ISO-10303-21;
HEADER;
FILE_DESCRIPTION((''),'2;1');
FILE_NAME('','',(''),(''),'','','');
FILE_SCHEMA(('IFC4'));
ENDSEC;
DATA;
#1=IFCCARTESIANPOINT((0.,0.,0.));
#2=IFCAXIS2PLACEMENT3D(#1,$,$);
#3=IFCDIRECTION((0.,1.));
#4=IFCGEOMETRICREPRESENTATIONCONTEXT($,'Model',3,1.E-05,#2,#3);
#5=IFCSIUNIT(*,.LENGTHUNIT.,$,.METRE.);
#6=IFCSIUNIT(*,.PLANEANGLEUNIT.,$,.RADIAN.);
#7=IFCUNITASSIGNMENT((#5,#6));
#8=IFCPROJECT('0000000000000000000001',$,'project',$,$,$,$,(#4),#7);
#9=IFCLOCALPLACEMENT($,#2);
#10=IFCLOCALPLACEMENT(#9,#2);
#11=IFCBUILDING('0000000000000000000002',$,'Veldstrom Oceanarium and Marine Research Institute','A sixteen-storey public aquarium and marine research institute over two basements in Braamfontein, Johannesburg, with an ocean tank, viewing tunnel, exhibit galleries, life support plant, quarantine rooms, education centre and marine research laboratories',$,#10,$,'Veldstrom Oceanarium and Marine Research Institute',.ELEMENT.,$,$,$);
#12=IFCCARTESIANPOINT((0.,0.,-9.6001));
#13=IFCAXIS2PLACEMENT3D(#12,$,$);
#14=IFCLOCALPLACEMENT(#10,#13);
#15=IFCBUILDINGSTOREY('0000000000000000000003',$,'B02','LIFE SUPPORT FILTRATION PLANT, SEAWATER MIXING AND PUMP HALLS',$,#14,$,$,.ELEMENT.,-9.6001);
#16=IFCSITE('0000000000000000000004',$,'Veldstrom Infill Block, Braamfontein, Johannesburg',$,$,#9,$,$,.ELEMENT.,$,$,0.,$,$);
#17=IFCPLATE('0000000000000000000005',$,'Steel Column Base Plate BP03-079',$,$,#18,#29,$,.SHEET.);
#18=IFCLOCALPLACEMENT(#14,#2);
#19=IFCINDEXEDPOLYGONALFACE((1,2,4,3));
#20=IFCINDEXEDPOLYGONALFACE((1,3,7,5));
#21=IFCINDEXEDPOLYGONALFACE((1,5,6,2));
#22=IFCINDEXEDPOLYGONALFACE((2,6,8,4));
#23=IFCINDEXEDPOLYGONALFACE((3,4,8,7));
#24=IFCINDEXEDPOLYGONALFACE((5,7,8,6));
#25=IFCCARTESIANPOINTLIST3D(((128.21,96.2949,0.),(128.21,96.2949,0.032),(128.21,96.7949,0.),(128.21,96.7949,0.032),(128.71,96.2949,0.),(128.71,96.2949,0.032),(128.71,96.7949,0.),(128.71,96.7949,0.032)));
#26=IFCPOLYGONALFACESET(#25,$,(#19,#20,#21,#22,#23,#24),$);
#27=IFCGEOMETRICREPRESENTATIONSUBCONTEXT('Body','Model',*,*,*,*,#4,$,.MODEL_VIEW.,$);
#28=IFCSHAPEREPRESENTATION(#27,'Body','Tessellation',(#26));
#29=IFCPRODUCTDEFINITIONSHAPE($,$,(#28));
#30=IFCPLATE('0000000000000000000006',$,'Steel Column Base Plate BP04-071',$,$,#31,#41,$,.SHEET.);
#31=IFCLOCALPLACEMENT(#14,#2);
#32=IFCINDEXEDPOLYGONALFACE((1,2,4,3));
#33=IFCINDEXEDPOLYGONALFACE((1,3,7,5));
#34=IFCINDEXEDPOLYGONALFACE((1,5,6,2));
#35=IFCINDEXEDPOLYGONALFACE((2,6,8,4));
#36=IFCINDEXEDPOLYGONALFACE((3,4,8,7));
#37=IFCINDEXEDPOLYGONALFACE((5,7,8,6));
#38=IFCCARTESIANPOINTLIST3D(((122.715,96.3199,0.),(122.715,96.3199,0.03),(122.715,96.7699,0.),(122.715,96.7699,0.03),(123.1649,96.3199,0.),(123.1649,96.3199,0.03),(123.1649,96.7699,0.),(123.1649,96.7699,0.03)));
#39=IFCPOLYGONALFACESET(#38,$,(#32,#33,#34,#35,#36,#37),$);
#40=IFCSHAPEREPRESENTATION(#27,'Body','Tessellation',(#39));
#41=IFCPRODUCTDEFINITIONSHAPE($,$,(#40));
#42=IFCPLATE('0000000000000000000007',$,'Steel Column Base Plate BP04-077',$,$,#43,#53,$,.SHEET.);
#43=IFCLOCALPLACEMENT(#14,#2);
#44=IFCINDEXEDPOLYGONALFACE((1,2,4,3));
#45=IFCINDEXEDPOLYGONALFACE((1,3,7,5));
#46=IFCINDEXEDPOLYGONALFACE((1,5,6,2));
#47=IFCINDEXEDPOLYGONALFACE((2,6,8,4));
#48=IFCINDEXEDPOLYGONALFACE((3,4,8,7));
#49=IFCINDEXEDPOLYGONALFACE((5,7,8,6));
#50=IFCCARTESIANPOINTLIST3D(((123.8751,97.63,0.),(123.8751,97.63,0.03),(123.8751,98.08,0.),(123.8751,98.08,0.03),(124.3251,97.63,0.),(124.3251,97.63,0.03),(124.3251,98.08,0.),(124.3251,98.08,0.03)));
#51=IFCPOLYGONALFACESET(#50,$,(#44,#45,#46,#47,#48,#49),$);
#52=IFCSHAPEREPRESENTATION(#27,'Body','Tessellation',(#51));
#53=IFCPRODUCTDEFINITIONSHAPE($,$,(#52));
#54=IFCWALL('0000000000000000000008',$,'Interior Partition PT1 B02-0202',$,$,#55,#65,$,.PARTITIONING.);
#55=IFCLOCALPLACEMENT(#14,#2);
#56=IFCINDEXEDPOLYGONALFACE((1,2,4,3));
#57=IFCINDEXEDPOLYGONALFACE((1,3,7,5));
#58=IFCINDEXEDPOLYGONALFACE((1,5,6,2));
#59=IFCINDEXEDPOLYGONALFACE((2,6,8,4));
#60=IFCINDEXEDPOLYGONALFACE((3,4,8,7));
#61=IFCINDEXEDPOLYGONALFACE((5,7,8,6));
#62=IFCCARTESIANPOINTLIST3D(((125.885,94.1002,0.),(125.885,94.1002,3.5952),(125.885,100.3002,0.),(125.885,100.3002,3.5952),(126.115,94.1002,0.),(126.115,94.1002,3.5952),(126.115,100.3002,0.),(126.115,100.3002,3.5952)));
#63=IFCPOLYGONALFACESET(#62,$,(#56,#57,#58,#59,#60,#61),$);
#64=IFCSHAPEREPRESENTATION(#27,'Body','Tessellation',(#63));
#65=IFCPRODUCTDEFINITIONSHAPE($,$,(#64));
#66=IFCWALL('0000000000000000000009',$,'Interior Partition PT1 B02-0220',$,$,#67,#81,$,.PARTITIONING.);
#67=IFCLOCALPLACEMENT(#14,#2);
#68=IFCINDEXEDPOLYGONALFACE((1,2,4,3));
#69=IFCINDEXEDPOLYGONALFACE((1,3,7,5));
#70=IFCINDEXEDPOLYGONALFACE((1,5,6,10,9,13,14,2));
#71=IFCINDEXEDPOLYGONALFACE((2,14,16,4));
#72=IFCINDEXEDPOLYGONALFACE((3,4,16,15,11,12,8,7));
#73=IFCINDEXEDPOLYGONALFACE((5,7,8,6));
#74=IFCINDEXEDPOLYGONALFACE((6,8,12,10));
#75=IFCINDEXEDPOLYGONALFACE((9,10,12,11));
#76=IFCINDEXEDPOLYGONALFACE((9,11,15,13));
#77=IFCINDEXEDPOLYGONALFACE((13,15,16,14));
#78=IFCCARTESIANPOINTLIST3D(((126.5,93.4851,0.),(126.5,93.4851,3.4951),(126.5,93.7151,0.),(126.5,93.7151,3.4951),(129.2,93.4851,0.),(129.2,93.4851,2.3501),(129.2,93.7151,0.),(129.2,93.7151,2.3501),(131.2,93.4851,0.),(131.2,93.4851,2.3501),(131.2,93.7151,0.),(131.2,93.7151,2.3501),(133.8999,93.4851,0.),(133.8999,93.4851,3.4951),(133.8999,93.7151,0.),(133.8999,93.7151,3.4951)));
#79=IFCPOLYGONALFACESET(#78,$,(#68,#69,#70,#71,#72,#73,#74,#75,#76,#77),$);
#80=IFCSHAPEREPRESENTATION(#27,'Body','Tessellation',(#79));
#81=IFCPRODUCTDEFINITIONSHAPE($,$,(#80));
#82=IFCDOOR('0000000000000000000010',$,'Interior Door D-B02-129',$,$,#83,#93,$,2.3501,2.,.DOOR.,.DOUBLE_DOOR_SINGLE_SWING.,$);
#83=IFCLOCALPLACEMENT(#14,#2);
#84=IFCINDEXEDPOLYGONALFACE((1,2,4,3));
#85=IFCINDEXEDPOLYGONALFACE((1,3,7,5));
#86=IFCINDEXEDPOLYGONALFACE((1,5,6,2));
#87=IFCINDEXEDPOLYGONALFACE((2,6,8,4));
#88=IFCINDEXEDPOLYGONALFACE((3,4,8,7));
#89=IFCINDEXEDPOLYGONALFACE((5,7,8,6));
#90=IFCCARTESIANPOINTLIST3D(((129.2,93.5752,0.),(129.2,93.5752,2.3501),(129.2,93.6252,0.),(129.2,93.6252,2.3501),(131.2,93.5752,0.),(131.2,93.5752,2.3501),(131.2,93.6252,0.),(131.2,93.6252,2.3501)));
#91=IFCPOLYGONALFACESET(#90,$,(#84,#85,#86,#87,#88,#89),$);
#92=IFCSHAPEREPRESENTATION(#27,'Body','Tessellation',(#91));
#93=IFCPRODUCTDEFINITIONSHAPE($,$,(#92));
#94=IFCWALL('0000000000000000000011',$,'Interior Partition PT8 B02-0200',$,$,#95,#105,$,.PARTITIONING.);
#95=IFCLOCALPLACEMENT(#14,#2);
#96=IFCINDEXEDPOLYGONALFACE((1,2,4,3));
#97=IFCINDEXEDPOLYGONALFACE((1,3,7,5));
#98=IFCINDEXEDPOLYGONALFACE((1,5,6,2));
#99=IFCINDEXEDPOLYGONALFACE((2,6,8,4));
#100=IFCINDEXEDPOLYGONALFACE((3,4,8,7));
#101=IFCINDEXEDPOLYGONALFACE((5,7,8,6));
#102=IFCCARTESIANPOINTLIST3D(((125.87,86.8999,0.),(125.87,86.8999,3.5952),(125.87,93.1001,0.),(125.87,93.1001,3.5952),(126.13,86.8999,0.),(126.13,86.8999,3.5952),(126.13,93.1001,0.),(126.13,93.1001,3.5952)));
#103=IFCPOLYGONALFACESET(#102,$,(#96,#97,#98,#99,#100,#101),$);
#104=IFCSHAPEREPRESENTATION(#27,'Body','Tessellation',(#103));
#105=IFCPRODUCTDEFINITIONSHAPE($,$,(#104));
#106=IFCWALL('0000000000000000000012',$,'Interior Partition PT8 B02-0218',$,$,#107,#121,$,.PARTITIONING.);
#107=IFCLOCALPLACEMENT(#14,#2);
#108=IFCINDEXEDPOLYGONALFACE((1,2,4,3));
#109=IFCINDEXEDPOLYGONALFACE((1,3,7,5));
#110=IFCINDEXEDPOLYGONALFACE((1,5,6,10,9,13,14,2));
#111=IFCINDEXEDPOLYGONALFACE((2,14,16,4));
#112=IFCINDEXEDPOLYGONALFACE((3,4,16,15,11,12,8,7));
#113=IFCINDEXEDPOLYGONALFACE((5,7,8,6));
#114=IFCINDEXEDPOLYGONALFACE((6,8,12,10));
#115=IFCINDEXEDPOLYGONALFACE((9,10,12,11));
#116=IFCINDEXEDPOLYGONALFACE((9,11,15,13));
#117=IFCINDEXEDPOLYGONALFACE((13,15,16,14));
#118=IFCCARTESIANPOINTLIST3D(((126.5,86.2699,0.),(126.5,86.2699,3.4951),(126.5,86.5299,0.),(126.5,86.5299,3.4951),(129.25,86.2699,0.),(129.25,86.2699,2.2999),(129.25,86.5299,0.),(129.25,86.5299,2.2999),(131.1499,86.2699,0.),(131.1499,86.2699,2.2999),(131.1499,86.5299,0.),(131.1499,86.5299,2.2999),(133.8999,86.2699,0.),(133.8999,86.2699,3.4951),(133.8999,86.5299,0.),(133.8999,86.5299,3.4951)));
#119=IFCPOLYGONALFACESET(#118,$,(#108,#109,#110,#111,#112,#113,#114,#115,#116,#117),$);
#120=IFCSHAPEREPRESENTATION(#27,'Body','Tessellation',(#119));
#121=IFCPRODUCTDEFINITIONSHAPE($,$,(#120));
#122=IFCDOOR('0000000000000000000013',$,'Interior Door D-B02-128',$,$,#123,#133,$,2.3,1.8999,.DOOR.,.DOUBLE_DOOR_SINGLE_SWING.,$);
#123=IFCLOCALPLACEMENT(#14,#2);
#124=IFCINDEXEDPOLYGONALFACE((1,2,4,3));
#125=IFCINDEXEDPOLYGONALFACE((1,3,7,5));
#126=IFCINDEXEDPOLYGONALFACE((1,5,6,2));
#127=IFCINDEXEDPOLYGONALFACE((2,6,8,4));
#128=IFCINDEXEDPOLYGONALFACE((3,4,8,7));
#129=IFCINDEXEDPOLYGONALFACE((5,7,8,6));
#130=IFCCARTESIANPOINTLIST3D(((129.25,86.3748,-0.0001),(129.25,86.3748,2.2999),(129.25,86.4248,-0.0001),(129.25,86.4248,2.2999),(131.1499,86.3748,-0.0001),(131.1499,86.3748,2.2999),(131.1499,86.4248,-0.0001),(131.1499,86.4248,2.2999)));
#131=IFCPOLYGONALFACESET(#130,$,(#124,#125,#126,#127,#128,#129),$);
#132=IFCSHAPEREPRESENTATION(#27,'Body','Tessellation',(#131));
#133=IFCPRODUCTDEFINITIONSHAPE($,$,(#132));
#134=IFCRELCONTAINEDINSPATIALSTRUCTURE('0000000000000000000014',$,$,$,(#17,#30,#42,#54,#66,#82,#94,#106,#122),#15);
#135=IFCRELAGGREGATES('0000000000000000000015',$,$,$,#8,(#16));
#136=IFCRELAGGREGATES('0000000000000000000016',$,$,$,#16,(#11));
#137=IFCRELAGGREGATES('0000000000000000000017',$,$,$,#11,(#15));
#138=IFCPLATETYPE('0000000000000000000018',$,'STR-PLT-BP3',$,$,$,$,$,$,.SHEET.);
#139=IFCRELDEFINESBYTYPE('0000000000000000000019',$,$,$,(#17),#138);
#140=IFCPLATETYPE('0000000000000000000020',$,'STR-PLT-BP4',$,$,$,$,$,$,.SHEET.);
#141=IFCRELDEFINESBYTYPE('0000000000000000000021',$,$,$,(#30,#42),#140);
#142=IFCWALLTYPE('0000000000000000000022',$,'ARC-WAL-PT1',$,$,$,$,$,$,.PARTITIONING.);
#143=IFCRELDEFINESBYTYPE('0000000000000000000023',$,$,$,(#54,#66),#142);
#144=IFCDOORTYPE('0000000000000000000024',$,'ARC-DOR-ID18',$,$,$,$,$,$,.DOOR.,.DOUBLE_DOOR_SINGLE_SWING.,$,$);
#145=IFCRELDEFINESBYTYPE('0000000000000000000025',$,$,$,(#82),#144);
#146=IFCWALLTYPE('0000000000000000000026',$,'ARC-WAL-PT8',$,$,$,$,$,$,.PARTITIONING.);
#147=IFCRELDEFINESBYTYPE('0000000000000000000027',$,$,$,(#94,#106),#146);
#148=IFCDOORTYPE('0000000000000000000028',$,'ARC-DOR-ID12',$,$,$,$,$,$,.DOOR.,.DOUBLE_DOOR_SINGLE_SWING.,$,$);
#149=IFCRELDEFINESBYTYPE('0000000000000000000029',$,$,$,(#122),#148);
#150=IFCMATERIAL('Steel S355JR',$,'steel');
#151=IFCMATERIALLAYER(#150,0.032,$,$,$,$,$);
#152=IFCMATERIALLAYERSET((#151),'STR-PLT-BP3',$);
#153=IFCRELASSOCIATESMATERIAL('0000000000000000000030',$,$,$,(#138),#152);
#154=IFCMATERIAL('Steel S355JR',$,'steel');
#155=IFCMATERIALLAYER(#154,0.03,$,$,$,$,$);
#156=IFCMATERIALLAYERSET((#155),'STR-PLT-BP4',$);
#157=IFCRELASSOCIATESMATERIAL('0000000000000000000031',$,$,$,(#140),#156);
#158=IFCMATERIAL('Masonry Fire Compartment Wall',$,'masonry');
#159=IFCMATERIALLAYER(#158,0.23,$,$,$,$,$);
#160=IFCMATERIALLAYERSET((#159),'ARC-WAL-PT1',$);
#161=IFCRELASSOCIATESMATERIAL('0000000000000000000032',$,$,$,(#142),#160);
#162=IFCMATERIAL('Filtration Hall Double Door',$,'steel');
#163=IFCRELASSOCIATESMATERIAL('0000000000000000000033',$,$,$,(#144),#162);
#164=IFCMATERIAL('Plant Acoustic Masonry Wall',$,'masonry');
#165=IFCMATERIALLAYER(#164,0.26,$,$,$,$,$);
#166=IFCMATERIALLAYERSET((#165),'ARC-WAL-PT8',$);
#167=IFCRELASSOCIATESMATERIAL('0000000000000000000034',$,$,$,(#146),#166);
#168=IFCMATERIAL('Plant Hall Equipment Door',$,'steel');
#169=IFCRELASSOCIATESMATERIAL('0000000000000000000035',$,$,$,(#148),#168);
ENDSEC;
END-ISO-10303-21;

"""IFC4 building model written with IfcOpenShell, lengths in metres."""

from ifc_helpers import new_model, si_unit, direction, frame, frame_2d, origin, origin_2d, place, context, subcontext, project, spatial, rectangle, extrude, material, layer, layer_set, type_object, element, fill, save


model = new_model("IFC4")

# Units and contexts
model_context = context("Model", 3, precision=1e-05, world=origin(), true_north=direction((0.0, 1.0)))
body_context = subcontext(model_context, "Body", "Model", "MODEL_VIEW")
ifc_project = project(units=[si_unit("LENGTHUNIT", "METRE"), si_unit("PLANEANGLEUNIT", "RADIAN")], contexts=[model_context])

# Site, building, storey
site_placement = place(None, origin())
site = spatial("IfcSite", under=ifc_project, at=site_placement, Name="Veldstrom Infill Block, Braamfontein, Johannesburg", CompositionType="ELEMENT", RefElevation=0.0)
building_placement = place(site_placement, origin())
building = spatial("IfcBuilding", under=site, at=building_placement, Name="Veldstrom Oceanarium and Marine Research Institute", Description="A sixteen-storey public aquarium and marine research institute over two basements in Braamfontein, Johannesburg, with an ocean tank, viewing tunnel, exhibit galleries, life support plant, quarantine rooms, education centre and marine research laboratories", LongName="Veldstrom Oceanarium and Marine Research Institute", CompositionType="ELEMENT")
storey_placement = place(building_placement, frame((0.0, 0.0, -9.6001)))
storey = spatial("IfcBuildingStorey", under=building, at=storey_placement, Name="B02", Description="LIFE SUPPORT FILTRATION PLANT, SEAWATER MIXING AND PUMP HALLS", CompositionType="ELEMENT", Elevation=-9.6001)

# Plates
ifc_material_1 = material(Name="Steel S355JR", Category="steel")
ifc_layer_1 = layer(ifc_material_1, 0.032)
ifc_layer_set_1 = layer_set([ifc_layer_1], Name="STR-PLT-BP3")
plate_type_1 = type_object("IfcPlateType", Name="STR-PLT-BP3", PredefinedType="SHEET", material=ifc_layer_set_1)
for number, where, z_axis, x_axis, name in (
    (1, (128.46, 96.5449, 0.0), (0.0, 0.0, 1.0), (1.0, 0.0, 0.0), "Steel Column Base Plate BP03-079"),
):
    element("IfcPlate", number, at=place(storey_placement, frame(where, z_axis=z_axis, x_axis=x_axis)), inside=storey, type_object=plate_type_1, Name=name, PredefinedType="SHEET", context=body_context, shape_type="SweptSolid", body=[
        extrude(rectangle(XDim=0.5, YDim=0.5, at=origin_2d()), origin(), (0.0, 0.0, 1.0), 0.032),
    ])
ifc_material_2 = material(Name="Steel S355JR", Category="steel")
ifc_layer_2 = layer(ifc_material_2, 0.03)
ifc_layer_set_2 = layer_set([ifc_layer_2], Name="STR-PLT-BP4")
plate_type_2 = type_object("IfcPlateType", Name="STR-PLT-BP4", PredefinedType="SHEET", material=ifc_layer_set_2)
for number, where, z_axis, x_axis, name in (
    (2, (122.9399, 96.5449, 0.0), (0.0, 0.0, 1.0), (1.0, 0.0, 0.0), "Steel Column Base Plate BP04-071"),
    (3, (124.1001, 97.855, 0.0), (0.0, 0.0, 1.0), (1.0, 0.0, 0.0), "Steel Column Base Plate BP04-077"),
):
    element("IfcPlate", number, at=place(storey_placement, frame(where, z_axis=z_axis, x_axis=x_axis)), inside=storey, type_object=plate_type_2, Name=name, PredefinedType="SHEET", context=body_context, shape_type="SweptSolid", body=[
        extrude(rectangle(XDim=0.45, YDim=0.45, at=origin_2d()), origin(), (0.0, 0.0, 1.0), 0.03),
    ])

# Wall
ifc_material_3 = material(Name="Masonry Fire Compartment Wall", Category="masonry")
ifc_layer_3 = layer(ifc_material_3, 0.23)
ifc_layer_set_3 = layer_set([ifc_layer_3], Name="ARC-WAL-PT1")
wall_type_1 = type_object("IfcWallType", Name="ARC-WAL-PT1", PredefinedType="PARTITIONING", material=ifc_layer_set_3)
wall_1_placement = place(storey_placement, frame((126.0, 94.1001, 0.0), z_axis=(0.0, 0.0, 1.0), x_axis=(0.0, 1.0, 0.0)))
element("IfcWall", 4, at=wall_1_placement, inside=storey, type_object=wall_type_1, Name="Interior Partition PT1 B02-0202", PredefinedType="PARTITIONING", context=body_context, shape_type="SweptSolid", body=[
    extrude(rectangle(XDim=6.2, YDim=0.23, at=frame_2d((3.1001, 0.0))), origin(), (0.0, 0.0, 1.0), 3.5952),
])

# Wall, opening, door
wall_2_placement = place(storey_placement, frame((126.5, 93.6001, 0.0), z_axis=(0.0, 0.0, 1.0), x_axis=(1.0, 0.0, 0.0)))
wall_2 = element("IfcWall", 5, at=wall_2_placement, inside=storey, type_object=wall_type_1, Name="Interior Partition PT1 B02-0220", PredefinedType="PARTITIONING", context=body_context, shape_type="SweptSolid", body=[
    extrude(rectangle(XDim=7.3999, YDim=0.23, at=frame_2d((3.7, 0.0))), origin(), (0.0, 0.0, 1.0), 3.4951),
])
opening_1_placement = place(wall_2_placement, frame((2.7, 0.0, 0.0)))
opening_1 = element("IfcOpeningElement", 6, at=opening_1_placement, cuts=wall_2, PredefinedType="OPENING", context=body_context, shape_type="SweptSolid", body=[
    extrude(rectangle(XDim=2.0, YDim=2.3501, at=frame_2d((1.0, 1.175))), frame((0.0, 0.125, 0.0), z_axis=(0.0, -1.0, 0.0), x_axis=(1.0, 0.0, 0.0)), (0.0, 0.0, 1.0), 0.25),
])
ifc_material_4 = material(Name="Filtration Hall Double Door", Category="steel")
door_type_1 = type_object("IfcDoorType", Name="ARC-DOR-ID18", OperationType="DOUBLE_DOOR_SINGLE_SWING", PredefinedType="DOOR", material=ifc_material_4)
door_1_placement = place(opening_1_placement, frame((2.0, 0.0, 0.0), z_axis=(0.0, 0.0, 1.0), x_axis=(-1.0, 0.0, 0.0)))
door_1 = element("IfcDoor", 7, at=door_1_placement, inside=storey, type_object=door_type_1, Name="Interior Door D-B02-129", OperationType="DOUBLE_DOOR_SINGLE_SWING", OverallHeight=2.3501, OverallWidth=2.0, PredefinedType="DOOR", context=body_context, shape_type="SweptSolid", body=[
    extrude(rectangle(XDim=2.0, YDim=2.3501, at=frame_2d((1.0, 1.175))), frame((0.0, 0.0249, 0.0), z_axis=(0.0, -1.0, 0.0), x_axis=(1.0, 0.0, 0.0)), (0.0, 0.0, 1.0), 0.05),
])
fill(opening_1, door_1)

# Wall
ifc_material_5 = material(Name="Plant Acoustic Masonry Wall", Category="masonry")
ifc_layer_4 = layer(ifc_material_5, 0.26)
ifc_layer_set_4 = layer_set([ifc_layer_4], Name="ARC-WAL-PT8")
wall_type_2 = type_object("IfcWallType", Name="ARC-WAL-PT8", PredefinedType="PARTITIONING", material=ifc_layer_set_4)
wall_3_placement = place(storey_placement, frame((126.0, 86.8999, 0.0), z_axis=(0.0, 0.0, 1.0), x_axis=(0.0, 1.0, 0.0)))
element("IfcWall", 8, at=wall_3_placement, inside=storey, type_object=wall_type_2, Name="Interior Partition PT8 B02-0200", PredefinedType="PARTITIONING", context=body_context, shape_type="SweptSolid", body=[
    extrude(rectangle(XDim=6.2002, YDim=0.26, at=frame_2d((3.1001, 0.0))), origin(), (0.0, 0.0, 1.0), 3.5952),
])

# Wall, opening, door
wall_4_placement = place(storey_placement, frame((126.5, 86.3999, 0.0), z_axis=(0.0, 0.0, 1.0), x_axis=(1.0, 0.0, 0.0)))
wall_4 = element("IfcWall", 9, at=wall_4_placement, inside=storey, type_object=wall_type_2, Name="Interior Partition PT8 B02-0218", PredefinedType="PARTITIONING", context=body_context, shape_type="SweptSolid", body=[
    extrude(rectangle(XDim=7.3999, YDim=0.26, at=frame_2d((3.7, 0.0))), origin(), (0.0, 0.0, 1.0), 3.4951),
])
opening_2_placement = place(wall_4_placement, frame((2.75, 0.0, 0.0)))
opening_2 = element("IfcOpeningElement", 10, at=opening_2_placement, cuts=wall_4, PredefinedType="OPENING", context=body_context, shape_type="SweptSolid", body=[
    extrude(rectangle(XDim=1.8999, YDim=2.3, at=frame_2d((0.95, 1.1499))), frame((0.0, 0.1399, 0.0), z_axis=(0.0, -1.0, 0.0), x_axis=(1.0, 0.0, 0.0)), (0.0, 0.0, 1.0), 0.28),
])
ifc_material_6 = material(Name="Plant Hall Equipment Door", Category="steel")
door_type_2 = type_object("IfcDoorType", Name="ARC-DOR-ID12", OperationType="DOUBLE_DOOR_SINGLE_SWING", PredefinedType="DOOR", material=ifc_material_6)
door_2_placement = place(opening_2_placement, origin())
door_2 = element("IfcDoor", 11, at=door_2_placement, inside=storey, type_object=door_type_2, Name="Interior Door D-B02-128", OperationType="DOUBLE_DOOR_SINGLE_SWING", OverallHeight=2.3, OverallWidth=1.8999, PredefinedType="DOOR", context=body_context, shape_type="SweptSolid", body=[
    extrude(rectangle(XDim=1.8999, YDim=2.3, at=frame_2d((0.95, 1.1499))), frame((0.0, 0.0249, 0.0), z_axis=(0.0, -1.0, 0.0), x_axis=(1.0, 0.0, 0.0)), (0.0, 0.0, 1.0), 0.05),
])
fill(opening_2, door_2)

save(model, "model.ifc")
